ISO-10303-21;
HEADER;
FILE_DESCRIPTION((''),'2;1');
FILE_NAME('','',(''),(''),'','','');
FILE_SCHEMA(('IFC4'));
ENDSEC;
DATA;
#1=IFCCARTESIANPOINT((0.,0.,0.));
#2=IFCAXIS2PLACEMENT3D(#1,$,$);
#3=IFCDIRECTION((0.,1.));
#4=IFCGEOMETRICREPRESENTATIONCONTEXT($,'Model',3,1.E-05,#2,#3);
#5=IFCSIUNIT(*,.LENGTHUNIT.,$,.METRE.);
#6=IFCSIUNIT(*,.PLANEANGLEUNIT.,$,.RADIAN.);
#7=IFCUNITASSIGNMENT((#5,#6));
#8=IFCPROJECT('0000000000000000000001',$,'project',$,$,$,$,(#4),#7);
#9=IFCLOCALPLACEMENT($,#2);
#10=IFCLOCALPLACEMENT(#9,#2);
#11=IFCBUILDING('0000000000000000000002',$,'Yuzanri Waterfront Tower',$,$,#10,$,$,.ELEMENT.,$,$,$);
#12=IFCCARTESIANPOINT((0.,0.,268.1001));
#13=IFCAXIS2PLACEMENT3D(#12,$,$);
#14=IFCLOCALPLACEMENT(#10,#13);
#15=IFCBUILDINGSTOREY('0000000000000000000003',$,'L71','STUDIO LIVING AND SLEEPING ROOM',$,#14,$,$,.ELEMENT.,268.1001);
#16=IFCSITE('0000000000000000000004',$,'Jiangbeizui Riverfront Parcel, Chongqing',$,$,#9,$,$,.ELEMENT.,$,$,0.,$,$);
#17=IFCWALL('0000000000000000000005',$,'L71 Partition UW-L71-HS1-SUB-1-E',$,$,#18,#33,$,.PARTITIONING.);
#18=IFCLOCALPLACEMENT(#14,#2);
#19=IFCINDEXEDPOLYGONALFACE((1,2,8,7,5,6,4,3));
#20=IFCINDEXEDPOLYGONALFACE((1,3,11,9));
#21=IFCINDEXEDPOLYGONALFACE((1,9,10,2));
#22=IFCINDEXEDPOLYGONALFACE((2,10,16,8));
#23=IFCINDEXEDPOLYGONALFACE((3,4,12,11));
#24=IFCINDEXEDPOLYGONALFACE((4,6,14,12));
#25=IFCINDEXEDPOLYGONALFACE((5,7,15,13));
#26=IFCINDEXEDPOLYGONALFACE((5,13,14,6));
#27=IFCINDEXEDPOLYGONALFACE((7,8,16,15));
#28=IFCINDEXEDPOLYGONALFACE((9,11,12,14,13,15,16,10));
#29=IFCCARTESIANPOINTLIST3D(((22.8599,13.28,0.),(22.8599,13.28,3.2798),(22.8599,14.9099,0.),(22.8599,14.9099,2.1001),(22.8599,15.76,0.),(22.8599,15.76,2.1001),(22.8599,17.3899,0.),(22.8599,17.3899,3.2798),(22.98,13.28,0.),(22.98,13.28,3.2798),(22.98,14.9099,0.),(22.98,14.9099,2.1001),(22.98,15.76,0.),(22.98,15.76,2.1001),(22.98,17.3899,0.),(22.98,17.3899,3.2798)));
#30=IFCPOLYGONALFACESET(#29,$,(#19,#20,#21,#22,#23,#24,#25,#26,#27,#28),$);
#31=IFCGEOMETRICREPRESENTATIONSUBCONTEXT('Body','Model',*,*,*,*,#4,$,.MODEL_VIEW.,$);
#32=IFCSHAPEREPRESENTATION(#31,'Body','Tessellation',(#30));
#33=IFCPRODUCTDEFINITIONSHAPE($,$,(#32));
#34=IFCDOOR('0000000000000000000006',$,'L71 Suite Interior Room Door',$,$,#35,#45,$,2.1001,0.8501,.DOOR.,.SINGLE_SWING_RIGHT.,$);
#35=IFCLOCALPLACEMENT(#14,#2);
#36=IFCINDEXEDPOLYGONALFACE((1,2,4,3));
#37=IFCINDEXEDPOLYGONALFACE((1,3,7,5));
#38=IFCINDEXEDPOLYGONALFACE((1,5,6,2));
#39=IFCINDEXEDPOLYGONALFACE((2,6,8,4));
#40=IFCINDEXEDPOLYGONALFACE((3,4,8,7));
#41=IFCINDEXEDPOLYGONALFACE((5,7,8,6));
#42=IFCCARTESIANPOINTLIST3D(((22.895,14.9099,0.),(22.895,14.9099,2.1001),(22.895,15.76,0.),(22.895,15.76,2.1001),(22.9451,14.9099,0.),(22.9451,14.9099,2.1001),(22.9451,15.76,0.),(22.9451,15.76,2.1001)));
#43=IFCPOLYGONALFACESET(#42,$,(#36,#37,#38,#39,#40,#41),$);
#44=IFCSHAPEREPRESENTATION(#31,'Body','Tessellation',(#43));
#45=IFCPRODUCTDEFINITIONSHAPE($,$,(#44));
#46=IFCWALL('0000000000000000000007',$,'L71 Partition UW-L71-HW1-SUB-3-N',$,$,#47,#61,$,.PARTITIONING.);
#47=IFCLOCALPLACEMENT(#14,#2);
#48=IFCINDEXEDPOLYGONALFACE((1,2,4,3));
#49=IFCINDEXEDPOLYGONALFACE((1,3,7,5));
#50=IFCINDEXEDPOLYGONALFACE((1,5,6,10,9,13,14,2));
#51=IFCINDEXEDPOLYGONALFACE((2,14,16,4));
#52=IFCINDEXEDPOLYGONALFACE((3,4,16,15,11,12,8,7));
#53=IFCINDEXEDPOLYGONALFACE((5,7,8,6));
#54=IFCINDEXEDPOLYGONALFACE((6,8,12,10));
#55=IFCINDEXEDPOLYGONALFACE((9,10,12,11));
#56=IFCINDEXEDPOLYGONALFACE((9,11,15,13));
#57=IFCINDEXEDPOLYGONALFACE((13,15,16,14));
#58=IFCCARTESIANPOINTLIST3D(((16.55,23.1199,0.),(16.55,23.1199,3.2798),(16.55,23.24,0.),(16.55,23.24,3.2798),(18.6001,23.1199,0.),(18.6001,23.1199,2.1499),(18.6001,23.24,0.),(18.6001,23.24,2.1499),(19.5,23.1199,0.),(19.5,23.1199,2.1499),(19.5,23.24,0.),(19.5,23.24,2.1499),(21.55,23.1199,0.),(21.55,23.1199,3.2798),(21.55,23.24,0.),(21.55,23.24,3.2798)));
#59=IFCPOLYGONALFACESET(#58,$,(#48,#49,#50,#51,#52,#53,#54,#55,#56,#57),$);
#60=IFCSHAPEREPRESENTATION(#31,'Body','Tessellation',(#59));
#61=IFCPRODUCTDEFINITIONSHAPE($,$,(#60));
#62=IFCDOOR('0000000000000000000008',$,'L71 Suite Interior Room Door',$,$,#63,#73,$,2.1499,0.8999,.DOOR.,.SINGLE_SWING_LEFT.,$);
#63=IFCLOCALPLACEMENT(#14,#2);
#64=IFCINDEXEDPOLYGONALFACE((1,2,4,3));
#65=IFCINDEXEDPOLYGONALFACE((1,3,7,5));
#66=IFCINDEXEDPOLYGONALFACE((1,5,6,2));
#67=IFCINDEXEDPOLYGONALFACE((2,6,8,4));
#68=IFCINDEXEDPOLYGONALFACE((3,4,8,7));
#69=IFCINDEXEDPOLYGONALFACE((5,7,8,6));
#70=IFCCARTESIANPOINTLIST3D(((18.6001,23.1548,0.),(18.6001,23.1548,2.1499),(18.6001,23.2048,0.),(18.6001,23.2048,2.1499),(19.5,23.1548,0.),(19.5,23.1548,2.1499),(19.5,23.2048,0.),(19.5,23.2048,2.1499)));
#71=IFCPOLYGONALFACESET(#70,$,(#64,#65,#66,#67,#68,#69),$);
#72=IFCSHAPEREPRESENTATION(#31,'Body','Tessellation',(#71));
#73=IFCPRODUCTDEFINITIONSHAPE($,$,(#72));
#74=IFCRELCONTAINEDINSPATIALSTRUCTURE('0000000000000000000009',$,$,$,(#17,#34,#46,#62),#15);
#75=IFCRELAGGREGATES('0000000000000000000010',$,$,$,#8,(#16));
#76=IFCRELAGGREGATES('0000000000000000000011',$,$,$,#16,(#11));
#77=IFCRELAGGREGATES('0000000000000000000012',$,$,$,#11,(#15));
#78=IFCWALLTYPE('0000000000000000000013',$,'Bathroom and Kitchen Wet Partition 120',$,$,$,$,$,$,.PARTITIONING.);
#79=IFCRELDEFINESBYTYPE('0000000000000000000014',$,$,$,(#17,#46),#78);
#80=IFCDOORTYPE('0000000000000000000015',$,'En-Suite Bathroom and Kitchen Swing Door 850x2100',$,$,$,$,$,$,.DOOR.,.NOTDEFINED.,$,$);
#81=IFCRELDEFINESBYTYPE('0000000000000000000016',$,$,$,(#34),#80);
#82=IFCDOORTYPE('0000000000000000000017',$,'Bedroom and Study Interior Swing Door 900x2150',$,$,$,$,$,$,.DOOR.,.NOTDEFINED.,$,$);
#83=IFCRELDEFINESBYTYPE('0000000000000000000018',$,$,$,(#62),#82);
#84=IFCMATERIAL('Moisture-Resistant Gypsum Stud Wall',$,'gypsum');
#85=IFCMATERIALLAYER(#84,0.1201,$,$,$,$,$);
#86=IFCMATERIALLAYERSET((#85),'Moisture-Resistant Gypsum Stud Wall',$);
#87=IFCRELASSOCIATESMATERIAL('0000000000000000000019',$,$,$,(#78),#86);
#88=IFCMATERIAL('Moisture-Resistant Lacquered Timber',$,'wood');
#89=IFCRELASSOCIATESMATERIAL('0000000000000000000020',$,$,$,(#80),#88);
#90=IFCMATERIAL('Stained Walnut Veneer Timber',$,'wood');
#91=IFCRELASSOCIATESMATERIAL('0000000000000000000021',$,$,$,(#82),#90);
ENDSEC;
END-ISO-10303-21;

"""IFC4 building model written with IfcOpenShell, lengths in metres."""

from ifc_helpers import new_model, si_unit, direction, frame, frame_2d, origin, place, context, subcontext, project, spatial, rectangle, extrude, source, transform, mapped, material, layer, layer_set, type_object, element, fill, save


model = new_model("IFC4")

# Units and contexts
model_context = context("Model", 3, precision=1e-05, world=origin(), true_north=direction((0.0, 1.0)))
body_context = subcontext(model_context, "Body", "Model", "MODEL_VIEW")
ifc_project = project(units=[si_unit("LENGTHUNIT", "METRE"), si_unit("PLANEANGLEUNIT", "RADIAN")], contexts=[model_context])

# Site, building, storey
site_placement = place(None, origin())
site = spatial("IfcSite", under=ifc_project, at=site_placement, Name="Jiangbeizui Riverfront Parcel, Chongqing", CompositionType="ELEMENT", RefElevation=0.0)
building_placement = place(site_placement, origin())
building = spatial("IfcBuilding", under=site, at=building_placement, Name="Yuzanri Waterfront Tower", CompositionType="ELEMENT")
storey_placement = place(building_placement, frame((0.0, 0.0, 268.1001)))
storey = spatial("IfcBuildingStorey", under=building, at=storey_placement, Name="L71", Description="STUDIO LIVING AND SLEEPING ROOM", CompositionType="ELEMENT", Elevation=268.1001)

# Walls, openings, doors
ifc_material_1 = material(Name="Moisture-Resistant Gypsum Stud Wall", Category="gypsum")
ifc_layer_1 = layer(ifc_material_1, 0.1201)
ifc_layer_set_1 = layer_set([ifc_layer_1], Name="Moisture-Resistant Gypsum Stud Wall")
wall_type_1 = type_object("IfcWallType", Name="Bathroom and Kitchen Wet Partition 120", PredefinedType="PARTITIONING", material=ifc_layer_set_1)
wall_1_placement = place(storey_placement, frame((22.9199, 13.28, 0.0), z_axis=(0.0, 0.0, 1.0), x_axis=(0.0, 1.0, 0.0)))
wall_1 = element("IfcWall", 1, at=wall_1_placement, inside=storey, type_object=wall_type_1, Name="L71 Partition UW-L71-HS1-SUB-1-E", PredefinedType="PARTITIONING", context=body_context, shape_type="SweptSolid", body=[
    extrude(rectangle(XDim=4.1099, YDim=0.1201, at=frame_2d((2.0549, 0.0))), origin(), (0.0, 0.0, 1.0), 3.2798),
])
opening_1_placement = place(wall_1_placement, frame((1.6299, 0.0, 0.0)))
opening_1 = element("IfcOpeningElement", 2, at=opening_1_placement, cuts=wall_1, PredefinedType="OPENING", context=body_context, shape_type="SweptSolid", body=[
    extrude(rectangle(XDim=0.8501, YDim=2.1001, at=frame_2d((0.425, 1.05))), frame((0.0, 0.075, 0.0), z_axis=(0.0, -1.0, 0.0), x_axis=(1.0, 0.0, 0.0)), (0.0, 0.0, 1.0), 0.1499),
])
ifc_material_2 = material(Name="Moisture-Resistant Lacquered Timber", Category="wood")
door_type_1 = type_object("IfcDoorType", Name="En-Suite Bathroom and Kitchen Swing Door 850x2100", OperationType="NOTDEFINED", PredefinedType="DOOR", material=ifc_material_2)
shared_shape_1 = source(origin(), body_context, "Body", "SweptSolid", [
    extrude(rectangle(XDim=0.8501, YDim=2.1001, at=frame_2d((0.425, 1.05))), frame((0.0, 0.0249, 0.0), z_axis=(0.0, -1.0, 0.0), x_axis=(1.0, 0.0, 0.0)), (0.0, 0.0, 1.0), 0.05),
])
door_1_placement = place(opening_1_placement, origin())
door_1 = element("IfcDoor", 3, at=door_1_placement, inside=storey, type_object=door_type_1, Name="L71 Suite Interior Room Door", OperationType="SINGLE_SWING_RIGHT", OverallHeight=2.1001, OverallWidth=0.8501, PredefinedType="DOOR", context=body_context, shape_type="MappedRepresentation", body=[
    mapped(shared_shape_1, transform((0.0, 0.0, 0.0), scale=1.0)),
])
fill(opening_1, door_1)
wall_2_placement = place(storey_placement, frame((16.55, 23.1799, 0.0), z_axis=(0.0, 0.0, 1.0), x_axis=(1.0, 0.0, 0.0)))
wall_2 = element("IfcWall", 4, at=wall_2_placement, inside=storey, type_object=wall_type_1, Name="L71 Partition UW-L71-HW1-SUB-3-N", PredefinedType="PARTITIONING", context=body_context, shape_type="SweptSolid", body=[
    extrude(rectangle(XDim=5.0, YDim=0.1201, at=frame_2d((2.5, 0.0))), origin(), (0.0, 0.0, 1.0), 3.2798),
])
opening_2_placement = place(wall_2_placement, frame((2.05, 0.0, 0.0)))
opening_2 = element("IfcOpeningElement", 5, at=opening_2_placement, cuts=wall_2, PredefinedType="OPENING", context=body_context, shape_type="SweptSolid", body=[
    extrude(rectangle(XDim=0.8999, YDim=2.1499, at=frame_2d((0.45, 1.075))), frame((0.0, 0.075, 0.0), z_axis=(0.0, -1.0, 0.0), x_axis=(1.0, 0.0, 0.0)), (0.0, 0.0, 1.0), 0.1499),
])
ifc_material_3 = material(Name="Stained Walnut Veneer Timber", Category="wood")
door_type_2 = type_object("IfcDoorType", Name="Bedroom and Study Interior Swing Door 900x2150", OperationType="NOTDEFINED", PredefinedType="DOOR", material=ifc_material_3)
shared_shape_2 = source(origin(), body_context, "Body", "SweptSolid", [
    extrude(rectangle(XDim=0.8999, YDim=2.1499, at=frame_2d((0.45, 1.075))), frame((0.0, 0.0249, 0.0), z_axis=(0.0, -1.0, 0.0), x_axis=(1.0, 0.0, 0.0)), (0.0, 0.0, 1.0), 0.05),
])
door_2_placement = place(opening_2_placement, origin())
door_2 = element("IfcDoor", 6, at=door_2_placement, inside=storey, type_object=door_type_2, Name="L71 Suite Interior Room Door", OperationType="SINGLE_SWING_LEFT", OverallHeight=2.1499, OverallWidth=0.8999, PredefinedType="DOOR", context=body_context, shape_type="MappedRepresentation", body=[
    mapped(shared_shape_2, transform((0.0, 0.0, 0.0), scale=1.0)),
])
fill(opening_2, door_2)

save(model, "model.ifc")
